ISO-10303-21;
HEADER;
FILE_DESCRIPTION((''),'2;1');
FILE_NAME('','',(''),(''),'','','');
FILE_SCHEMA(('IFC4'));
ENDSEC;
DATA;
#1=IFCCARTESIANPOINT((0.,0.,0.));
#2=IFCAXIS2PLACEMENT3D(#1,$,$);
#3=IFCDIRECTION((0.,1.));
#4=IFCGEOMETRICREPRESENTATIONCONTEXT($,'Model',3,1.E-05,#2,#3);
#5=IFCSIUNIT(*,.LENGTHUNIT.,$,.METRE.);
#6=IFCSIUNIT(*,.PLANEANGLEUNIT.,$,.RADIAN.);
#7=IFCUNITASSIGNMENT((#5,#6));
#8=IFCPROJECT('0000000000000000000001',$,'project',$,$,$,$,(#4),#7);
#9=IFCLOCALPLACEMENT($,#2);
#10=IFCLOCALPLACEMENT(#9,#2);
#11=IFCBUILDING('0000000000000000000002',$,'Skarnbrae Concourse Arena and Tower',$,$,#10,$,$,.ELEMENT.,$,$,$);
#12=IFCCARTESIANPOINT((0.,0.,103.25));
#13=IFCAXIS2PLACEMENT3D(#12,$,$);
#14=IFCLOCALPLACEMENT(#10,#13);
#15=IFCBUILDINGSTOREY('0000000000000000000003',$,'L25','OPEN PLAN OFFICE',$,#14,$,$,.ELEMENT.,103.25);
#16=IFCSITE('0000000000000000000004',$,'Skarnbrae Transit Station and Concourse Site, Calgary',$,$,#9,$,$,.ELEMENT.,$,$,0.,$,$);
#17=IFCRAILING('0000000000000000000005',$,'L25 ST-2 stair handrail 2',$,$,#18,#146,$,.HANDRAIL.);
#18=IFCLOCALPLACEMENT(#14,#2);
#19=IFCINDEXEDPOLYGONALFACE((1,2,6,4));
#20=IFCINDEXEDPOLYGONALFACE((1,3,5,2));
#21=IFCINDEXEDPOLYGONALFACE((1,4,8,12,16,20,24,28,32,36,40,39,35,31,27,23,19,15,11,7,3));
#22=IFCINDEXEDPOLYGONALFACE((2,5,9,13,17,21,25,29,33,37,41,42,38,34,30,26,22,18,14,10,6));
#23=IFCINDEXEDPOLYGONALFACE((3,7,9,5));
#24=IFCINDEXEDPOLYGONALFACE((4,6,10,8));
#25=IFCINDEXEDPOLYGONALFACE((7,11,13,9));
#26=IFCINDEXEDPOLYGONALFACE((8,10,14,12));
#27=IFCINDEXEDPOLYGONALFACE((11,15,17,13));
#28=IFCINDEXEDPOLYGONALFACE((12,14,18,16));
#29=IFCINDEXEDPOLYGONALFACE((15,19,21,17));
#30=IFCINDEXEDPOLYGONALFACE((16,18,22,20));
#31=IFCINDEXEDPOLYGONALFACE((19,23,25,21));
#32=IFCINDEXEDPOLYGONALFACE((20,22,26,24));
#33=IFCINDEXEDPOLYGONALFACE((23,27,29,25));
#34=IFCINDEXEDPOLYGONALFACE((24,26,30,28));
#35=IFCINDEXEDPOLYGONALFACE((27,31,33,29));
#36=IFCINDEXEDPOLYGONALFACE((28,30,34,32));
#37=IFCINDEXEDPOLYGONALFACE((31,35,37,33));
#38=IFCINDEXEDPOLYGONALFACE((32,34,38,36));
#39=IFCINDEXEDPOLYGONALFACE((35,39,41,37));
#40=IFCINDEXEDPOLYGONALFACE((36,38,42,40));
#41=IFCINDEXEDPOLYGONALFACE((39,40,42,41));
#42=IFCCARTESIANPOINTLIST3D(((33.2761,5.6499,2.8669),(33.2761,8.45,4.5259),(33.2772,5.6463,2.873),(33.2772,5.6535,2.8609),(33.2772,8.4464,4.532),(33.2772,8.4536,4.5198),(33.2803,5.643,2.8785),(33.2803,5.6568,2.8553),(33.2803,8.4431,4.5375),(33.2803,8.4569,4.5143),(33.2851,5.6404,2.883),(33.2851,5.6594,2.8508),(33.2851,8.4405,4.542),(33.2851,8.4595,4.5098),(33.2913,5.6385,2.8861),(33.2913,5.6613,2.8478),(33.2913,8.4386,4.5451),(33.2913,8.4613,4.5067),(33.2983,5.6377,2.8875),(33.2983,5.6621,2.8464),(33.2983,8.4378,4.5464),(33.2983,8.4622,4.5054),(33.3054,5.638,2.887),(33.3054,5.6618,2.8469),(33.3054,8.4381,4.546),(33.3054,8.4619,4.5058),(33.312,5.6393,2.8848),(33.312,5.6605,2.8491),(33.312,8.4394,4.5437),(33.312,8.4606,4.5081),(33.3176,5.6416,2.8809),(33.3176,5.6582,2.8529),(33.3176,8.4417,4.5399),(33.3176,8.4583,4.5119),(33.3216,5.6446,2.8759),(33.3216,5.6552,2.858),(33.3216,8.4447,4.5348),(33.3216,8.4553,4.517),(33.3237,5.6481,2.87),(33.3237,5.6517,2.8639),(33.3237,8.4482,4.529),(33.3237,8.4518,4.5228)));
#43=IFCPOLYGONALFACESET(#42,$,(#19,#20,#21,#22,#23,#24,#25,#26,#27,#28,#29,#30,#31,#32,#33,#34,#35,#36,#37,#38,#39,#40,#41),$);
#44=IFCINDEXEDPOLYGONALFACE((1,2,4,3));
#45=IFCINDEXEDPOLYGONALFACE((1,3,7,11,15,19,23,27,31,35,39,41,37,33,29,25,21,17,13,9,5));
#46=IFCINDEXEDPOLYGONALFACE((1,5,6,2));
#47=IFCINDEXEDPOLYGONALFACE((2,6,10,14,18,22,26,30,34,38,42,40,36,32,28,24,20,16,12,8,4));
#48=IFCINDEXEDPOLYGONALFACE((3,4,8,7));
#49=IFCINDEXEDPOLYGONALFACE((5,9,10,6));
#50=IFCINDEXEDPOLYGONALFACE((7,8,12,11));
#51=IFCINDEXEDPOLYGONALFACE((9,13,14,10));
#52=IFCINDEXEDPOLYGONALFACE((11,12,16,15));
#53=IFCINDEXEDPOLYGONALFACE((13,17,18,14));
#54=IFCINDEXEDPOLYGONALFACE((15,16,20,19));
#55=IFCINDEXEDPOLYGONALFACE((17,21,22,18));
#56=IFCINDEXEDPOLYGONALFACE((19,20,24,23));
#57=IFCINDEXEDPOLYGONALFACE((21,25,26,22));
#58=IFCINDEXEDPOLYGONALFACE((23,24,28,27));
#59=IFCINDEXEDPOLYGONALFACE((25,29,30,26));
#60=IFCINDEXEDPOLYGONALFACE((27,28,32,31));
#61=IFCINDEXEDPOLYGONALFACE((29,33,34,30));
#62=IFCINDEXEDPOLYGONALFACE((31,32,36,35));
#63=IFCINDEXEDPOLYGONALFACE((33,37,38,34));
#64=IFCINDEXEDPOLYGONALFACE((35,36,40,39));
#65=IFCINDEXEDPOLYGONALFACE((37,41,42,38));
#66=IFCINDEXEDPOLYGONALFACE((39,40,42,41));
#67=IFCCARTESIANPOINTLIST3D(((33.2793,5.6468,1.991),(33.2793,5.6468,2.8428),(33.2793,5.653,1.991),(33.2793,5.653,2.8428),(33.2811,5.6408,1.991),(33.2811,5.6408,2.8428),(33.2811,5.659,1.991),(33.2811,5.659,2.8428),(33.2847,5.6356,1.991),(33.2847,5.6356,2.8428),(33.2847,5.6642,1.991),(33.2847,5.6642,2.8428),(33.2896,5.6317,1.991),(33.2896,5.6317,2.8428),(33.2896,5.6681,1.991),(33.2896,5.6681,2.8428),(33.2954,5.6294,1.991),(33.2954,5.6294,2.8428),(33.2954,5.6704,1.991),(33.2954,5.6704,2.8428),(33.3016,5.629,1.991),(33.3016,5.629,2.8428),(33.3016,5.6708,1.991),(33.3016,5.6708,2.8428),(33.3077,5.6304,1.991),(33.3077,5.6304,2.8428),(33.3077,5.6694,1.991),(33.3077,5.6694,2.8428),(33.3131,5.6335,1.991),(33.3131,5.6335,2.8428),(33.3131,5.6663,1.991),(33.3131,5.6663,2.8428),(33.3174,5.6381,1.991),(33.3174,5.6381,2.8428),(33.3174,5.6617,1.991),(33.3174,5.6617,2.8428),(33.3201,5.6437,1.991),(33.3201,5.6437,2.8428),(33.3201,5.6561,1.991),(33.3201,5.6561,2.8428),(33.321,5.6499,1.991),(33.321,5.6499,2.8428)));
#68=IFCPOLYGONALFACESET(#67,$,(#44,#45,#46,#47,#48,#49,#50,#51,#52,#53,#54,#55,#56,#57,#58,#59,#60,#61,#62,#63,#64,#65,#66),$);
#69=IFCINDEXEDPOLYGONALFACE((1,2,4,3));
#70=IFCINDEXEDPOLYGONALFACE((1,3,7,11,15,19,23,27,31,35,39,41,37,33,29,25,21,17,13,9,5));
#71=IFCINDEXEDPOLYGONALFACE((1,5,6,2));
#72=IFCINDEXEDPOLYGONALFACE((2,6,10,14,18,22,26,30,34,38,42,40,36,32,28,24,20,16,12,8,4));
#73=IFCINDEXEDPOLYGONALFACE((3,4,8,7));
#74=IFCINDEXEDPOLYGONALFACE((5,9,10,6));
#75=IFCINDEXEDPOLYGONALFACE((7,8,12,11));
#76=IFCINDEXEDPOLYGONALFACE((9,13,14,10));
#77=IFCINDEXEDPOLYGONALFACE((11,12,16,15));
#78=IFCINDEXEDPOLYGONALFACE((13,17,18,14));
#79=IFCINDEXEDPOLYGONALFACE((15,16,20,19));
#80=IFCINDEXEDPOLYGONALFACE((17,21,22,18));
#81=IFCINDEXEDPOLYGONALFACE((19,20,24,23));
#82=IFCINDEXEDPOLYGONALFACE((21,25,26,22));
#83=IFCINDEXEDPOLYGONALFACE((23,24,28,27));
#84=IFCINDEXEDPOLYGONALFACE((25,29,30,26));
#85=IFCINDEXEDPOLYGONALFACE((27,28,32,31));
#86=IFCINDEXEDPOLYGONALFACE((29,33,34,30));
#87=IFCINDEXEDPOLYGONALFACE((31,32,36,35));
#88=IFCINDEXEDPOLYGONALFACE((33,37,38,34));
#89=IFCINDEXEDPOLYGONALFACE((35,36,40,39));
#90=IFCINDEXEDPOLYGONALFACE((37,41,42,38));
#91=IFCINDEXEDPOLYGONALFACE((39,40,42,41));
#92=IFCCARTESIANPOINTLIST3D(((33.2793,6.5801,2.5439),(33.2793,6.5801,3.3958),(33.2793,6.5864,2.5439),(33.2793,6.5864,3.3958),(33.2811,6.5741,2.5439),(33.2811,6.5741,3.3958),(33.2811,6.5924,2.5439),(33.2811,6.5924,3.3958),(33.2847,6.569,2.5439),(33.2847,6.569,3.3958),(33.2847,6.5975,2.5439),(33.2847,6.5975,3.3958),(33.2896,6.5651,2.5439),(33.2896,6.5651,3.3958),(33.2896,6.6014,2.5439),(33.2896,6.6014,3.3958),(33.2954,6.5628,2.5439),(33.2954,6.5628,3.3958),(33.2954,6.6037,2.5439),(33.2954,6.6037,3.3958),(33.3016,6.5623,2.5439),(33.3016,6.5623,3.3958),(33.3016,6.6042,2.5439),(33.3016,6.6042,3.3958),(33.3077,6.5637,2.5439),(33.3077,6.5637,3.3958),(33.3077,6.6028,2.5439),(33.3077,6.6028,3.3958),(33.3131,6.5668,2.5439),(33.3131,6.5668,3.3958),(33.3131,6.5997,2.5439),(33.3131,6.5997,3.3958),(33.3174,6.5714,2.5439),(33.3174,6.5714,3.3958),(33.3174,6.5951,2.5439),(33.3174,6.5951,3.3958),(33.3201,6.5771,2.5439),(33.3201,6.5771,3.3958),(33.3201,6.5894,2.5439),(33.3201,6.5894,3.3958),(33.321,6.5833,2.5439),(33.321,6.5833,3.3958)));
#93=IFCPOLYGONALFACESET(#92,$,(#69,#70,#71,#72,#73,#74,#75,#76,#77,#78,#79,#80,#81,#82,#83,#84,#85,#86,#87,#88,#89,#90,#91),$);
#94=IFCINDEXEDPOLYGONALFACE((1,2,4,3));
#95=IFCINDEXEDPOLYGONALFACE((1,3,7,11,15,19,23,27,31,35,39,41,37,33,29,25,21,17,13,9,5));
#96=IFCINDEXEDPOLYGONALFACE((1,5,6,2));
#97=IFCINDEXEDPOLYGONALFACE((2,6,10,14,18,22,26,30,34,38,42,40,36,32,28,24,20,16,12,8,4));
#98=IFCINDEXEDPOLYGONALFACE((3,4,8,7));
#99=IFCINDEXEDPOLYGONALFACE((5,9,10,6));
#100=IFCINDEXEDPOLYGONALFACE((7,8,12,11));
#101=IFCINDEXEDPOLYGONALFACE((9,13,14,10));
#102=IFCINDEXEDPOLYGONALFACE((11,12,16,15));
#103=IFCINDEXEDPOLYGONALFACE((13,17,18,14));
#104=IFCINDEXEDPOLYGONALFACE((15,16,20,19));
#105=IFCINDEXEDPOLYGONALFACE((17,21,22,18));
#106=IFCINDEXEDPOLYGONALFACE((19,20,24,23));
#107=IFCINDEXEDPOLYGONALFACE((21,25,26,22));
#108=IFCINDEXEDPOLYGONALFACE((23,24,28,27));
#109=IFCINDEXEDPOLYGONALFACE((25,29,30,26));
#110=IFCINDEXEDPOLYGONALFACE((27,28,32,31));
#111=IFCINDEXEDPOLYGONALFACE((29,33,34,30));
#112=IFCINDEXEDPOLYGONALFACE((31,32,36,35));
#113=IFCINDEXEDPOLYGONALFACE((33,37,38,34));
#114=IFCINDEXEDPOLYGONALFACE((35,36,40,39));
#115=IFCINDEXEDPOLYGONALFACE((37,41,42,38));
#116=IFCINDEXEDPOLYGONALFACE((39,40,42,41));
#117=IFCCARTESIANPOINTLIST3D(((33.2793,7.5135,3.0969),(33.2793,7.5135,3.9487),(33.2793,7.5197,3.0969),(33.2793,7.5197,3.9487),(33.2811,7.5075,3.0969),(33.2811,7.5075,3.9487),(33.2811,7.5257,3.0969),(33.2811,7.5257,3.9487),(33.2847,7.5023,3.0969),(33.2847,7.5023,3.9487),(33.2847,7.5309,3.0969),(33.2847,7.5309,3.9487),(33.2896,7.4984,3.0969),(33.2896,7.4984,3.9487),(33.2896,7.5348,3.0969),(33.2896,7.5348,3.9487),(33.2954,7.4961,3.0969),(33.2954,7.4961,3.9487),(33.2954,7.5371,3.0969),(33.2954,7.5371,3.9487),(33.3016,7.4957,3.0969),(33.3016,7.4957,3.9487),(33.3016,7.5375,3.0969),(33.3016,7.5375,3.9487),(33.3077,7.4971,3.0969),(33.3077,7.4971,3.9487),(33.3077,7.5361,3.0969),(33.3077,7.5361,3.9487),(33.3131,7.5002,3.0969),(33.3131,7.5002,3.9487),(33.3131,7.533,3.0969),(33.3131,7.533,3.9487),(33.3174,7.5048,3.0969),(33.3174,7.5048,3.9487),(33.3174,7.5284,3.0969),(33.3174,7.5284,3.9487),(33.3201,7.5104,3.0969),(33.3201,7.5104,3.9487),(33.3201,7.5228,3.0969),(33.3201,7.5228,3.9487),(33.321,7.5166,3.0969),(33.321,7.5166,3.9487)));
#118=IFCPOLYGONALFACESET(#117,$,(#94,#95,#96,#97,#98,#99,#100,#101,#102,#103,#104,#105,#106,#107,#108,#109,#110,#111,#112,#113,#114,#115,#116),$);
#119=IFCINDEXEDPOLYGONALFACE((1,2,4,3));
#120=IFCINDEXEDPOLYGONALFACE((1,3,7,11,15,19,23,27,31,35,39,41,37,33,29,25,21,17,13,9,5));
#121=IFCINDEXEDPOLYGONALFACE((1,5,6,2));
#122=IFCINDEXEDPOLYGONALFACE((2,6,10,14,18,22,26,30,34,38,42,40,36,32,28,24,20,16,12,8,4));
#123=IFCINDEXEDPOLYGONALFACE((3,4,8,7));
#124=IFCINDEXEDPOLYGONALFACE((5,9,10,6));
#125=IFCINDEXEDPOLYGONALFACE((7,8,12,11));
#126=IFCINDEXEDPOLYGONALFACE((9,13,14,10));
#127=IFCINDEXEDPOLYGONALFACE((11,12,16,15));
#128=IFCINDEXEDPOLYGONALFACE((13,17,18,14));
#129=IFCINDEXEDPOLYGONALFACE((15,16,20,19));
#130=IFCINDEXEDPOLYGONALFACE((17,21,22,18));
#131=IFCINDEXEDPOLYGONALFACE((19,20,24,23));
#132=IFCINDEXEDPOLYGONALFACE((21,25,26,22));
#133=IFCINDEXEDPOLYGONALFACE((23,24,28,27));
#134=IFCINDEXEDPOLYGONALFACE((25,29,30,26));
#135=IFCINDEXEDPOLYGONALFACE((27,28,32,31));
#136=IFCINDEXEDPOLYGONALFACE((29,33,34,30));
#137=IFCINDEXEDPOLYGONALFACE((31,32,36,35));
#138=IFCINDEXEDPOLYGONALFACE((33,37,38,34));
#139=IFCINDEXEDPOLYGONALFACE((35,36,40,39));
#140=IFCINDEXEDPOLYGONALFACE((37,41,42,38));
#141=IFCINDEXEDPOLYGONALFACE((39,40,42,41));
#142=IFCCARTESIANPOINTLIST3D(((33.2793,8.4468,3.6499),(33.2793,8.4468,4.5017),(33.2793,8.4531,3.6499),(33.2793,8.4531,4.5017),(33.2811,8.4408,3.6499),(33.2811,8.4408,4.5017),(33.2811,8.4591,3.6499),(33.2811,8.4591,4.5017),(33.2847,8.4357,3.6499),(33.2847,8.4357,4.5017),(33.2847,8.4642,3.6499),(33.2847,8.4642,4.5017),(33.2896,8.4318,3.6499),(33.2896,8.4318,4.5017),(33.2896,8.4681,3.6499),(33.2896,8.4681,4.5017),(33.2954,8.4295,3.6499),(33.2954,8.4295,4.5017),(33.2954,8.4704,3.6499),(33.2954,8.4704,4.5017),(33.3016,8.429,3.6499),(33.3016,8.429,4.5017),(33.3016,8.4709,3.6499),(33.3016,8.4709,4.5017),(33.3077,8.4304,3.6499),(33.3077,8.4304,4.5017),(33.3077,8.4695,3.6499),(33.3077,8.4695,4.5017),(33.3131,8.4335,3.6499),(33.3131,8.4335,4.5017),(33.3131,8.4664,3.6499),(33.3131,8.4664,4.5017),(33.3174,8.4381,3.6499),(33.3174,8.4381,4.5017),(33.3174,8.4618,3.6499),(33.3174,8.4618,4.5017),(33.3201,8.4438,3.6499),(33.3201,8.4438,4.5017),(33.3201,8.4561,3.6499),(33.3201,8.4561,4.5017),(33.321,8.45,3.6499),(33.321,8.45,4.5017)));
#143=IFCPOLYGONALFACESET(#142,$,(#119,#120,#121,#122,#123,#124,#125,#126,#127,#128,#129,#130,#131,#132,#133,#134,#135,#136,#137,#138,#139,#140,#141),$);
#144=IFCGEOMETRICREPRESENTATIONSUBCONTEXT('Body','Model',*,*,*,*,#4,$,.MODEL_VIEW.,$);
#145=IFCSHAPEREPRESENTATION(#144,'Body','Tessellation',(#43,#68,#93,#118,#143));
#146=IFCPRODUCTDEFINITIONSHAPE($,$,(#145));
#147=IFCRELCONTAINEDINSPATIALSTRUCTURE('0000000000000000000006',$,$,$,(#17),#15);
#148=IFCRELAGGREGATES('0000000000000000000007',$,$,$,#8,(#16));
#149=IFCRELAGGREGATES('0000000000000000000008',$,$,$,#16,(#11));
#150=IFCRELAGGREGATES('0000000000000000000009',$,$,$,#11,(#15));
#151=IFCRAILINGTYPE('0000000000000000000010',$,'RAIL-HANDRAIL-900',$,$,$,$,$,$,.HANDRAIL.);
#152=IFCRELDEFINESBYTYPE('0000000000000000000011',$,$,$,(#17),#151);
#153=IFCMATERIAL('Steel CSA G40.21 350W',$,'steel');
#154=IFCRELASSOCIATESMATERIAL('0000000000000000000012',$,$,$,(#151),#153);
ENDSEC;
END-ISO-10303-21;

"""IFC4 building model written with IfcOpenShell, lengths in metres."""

from ifc_helpers import new_model, si_unit, direction, frame, origin, origin_2d, place, context, subcontext, project, spatial, circle, extrude, material, type_object, element, save


model = new_model("IFC4")

# Units and contexts
model_context = context("Model", 3, precision=1e-05, world=origin(), true_north=direction((0.0, 1.0)))
body_context = subcontext(model_context, "Body", "Model", "MODEL_VIEW")
ifc_project = project(units=[si_unit("LENGTHUNIT", "METRE"), si_unit("PLANEANGLEUNIT", "RADIAN")], contexts=[model_context])

# Site, building, storey
site_placement = place(None, origin())
site = spatial("IfcSite", under=ifc_project, at=site_placement, Name="Skarnbrae Transit Station and Concourse Site, Calgary", CompositionType="ELEMENT", RefElevation=0.0)
building_placement = place(site_placement, origin())
building = spatial("IfcBuilding", under=site, at=building_placement, Name="Skarnbrae Concourse Arena and Tower", CompositionType="ELEMENT")
storey_placement = place(building_placement, frame((0.0, 0.0, 103.25)))
storey = spatial("IfcBuildingStorey", under=building, at=storey_placement, Name="L25", Description="OPEN PLAN OFFICE", CompositionType="ELEMENT", Elevation=103.25)

# Shared definitions
ifc_material_1 = material(Name="Steel CSA G40.21 350W", Category="steel")

# Railing
railing_type_1 = type_object("IfcRailingType", Name="RAIL-HANDRAIL-900", PredefinedType="HANDRAIL", material=ifc_material_1)
railing_1_placement = place(storey_placement, frame((33.3, 5.6499, 1.991)))
element("IfcRailing", 1, at=railing_1_placement, inside=storey, type_object=railing_type_1, Name="L25 ST-2 stair handrail 2", PredefinedType="HANDRAIL", context=body_context, shape_type="SweptSolid", body=[
    extrude(circle(Radius=0.0239, at=origin_2d()), frame((0.0, 0.0, 0.876), z_axis=(0.0, 0.860339, 0.509722), x_axis=(-1.0, 0.0, 0.0)), (0.0, 0.0, 1.0), 3.2546),
    extrude(circle(Radius=0.021, at=origin_2d()), origin(), (0.0, 0.0, 1.0), 0.8518),
    extrude(circle(Radius=0.021, at=origin_2d()), frame((0.0, 0.9333, 0.553)), (0.0, 0.0, 1.0), 0.8518),
    extrude(circle(Radius=0.021, at=origin_2d()), frame((0.0, 1.8667, 1.106)), (0.0, 0.0, 1.0), 0.8518),
    extrude(circle(Radius=0.021, at=origin_2d()), frame((0.0, 2.8, 1.6589)), (0.0, 0.0, 1.0), 0.8518),
])

save(model, "model.ifc")
